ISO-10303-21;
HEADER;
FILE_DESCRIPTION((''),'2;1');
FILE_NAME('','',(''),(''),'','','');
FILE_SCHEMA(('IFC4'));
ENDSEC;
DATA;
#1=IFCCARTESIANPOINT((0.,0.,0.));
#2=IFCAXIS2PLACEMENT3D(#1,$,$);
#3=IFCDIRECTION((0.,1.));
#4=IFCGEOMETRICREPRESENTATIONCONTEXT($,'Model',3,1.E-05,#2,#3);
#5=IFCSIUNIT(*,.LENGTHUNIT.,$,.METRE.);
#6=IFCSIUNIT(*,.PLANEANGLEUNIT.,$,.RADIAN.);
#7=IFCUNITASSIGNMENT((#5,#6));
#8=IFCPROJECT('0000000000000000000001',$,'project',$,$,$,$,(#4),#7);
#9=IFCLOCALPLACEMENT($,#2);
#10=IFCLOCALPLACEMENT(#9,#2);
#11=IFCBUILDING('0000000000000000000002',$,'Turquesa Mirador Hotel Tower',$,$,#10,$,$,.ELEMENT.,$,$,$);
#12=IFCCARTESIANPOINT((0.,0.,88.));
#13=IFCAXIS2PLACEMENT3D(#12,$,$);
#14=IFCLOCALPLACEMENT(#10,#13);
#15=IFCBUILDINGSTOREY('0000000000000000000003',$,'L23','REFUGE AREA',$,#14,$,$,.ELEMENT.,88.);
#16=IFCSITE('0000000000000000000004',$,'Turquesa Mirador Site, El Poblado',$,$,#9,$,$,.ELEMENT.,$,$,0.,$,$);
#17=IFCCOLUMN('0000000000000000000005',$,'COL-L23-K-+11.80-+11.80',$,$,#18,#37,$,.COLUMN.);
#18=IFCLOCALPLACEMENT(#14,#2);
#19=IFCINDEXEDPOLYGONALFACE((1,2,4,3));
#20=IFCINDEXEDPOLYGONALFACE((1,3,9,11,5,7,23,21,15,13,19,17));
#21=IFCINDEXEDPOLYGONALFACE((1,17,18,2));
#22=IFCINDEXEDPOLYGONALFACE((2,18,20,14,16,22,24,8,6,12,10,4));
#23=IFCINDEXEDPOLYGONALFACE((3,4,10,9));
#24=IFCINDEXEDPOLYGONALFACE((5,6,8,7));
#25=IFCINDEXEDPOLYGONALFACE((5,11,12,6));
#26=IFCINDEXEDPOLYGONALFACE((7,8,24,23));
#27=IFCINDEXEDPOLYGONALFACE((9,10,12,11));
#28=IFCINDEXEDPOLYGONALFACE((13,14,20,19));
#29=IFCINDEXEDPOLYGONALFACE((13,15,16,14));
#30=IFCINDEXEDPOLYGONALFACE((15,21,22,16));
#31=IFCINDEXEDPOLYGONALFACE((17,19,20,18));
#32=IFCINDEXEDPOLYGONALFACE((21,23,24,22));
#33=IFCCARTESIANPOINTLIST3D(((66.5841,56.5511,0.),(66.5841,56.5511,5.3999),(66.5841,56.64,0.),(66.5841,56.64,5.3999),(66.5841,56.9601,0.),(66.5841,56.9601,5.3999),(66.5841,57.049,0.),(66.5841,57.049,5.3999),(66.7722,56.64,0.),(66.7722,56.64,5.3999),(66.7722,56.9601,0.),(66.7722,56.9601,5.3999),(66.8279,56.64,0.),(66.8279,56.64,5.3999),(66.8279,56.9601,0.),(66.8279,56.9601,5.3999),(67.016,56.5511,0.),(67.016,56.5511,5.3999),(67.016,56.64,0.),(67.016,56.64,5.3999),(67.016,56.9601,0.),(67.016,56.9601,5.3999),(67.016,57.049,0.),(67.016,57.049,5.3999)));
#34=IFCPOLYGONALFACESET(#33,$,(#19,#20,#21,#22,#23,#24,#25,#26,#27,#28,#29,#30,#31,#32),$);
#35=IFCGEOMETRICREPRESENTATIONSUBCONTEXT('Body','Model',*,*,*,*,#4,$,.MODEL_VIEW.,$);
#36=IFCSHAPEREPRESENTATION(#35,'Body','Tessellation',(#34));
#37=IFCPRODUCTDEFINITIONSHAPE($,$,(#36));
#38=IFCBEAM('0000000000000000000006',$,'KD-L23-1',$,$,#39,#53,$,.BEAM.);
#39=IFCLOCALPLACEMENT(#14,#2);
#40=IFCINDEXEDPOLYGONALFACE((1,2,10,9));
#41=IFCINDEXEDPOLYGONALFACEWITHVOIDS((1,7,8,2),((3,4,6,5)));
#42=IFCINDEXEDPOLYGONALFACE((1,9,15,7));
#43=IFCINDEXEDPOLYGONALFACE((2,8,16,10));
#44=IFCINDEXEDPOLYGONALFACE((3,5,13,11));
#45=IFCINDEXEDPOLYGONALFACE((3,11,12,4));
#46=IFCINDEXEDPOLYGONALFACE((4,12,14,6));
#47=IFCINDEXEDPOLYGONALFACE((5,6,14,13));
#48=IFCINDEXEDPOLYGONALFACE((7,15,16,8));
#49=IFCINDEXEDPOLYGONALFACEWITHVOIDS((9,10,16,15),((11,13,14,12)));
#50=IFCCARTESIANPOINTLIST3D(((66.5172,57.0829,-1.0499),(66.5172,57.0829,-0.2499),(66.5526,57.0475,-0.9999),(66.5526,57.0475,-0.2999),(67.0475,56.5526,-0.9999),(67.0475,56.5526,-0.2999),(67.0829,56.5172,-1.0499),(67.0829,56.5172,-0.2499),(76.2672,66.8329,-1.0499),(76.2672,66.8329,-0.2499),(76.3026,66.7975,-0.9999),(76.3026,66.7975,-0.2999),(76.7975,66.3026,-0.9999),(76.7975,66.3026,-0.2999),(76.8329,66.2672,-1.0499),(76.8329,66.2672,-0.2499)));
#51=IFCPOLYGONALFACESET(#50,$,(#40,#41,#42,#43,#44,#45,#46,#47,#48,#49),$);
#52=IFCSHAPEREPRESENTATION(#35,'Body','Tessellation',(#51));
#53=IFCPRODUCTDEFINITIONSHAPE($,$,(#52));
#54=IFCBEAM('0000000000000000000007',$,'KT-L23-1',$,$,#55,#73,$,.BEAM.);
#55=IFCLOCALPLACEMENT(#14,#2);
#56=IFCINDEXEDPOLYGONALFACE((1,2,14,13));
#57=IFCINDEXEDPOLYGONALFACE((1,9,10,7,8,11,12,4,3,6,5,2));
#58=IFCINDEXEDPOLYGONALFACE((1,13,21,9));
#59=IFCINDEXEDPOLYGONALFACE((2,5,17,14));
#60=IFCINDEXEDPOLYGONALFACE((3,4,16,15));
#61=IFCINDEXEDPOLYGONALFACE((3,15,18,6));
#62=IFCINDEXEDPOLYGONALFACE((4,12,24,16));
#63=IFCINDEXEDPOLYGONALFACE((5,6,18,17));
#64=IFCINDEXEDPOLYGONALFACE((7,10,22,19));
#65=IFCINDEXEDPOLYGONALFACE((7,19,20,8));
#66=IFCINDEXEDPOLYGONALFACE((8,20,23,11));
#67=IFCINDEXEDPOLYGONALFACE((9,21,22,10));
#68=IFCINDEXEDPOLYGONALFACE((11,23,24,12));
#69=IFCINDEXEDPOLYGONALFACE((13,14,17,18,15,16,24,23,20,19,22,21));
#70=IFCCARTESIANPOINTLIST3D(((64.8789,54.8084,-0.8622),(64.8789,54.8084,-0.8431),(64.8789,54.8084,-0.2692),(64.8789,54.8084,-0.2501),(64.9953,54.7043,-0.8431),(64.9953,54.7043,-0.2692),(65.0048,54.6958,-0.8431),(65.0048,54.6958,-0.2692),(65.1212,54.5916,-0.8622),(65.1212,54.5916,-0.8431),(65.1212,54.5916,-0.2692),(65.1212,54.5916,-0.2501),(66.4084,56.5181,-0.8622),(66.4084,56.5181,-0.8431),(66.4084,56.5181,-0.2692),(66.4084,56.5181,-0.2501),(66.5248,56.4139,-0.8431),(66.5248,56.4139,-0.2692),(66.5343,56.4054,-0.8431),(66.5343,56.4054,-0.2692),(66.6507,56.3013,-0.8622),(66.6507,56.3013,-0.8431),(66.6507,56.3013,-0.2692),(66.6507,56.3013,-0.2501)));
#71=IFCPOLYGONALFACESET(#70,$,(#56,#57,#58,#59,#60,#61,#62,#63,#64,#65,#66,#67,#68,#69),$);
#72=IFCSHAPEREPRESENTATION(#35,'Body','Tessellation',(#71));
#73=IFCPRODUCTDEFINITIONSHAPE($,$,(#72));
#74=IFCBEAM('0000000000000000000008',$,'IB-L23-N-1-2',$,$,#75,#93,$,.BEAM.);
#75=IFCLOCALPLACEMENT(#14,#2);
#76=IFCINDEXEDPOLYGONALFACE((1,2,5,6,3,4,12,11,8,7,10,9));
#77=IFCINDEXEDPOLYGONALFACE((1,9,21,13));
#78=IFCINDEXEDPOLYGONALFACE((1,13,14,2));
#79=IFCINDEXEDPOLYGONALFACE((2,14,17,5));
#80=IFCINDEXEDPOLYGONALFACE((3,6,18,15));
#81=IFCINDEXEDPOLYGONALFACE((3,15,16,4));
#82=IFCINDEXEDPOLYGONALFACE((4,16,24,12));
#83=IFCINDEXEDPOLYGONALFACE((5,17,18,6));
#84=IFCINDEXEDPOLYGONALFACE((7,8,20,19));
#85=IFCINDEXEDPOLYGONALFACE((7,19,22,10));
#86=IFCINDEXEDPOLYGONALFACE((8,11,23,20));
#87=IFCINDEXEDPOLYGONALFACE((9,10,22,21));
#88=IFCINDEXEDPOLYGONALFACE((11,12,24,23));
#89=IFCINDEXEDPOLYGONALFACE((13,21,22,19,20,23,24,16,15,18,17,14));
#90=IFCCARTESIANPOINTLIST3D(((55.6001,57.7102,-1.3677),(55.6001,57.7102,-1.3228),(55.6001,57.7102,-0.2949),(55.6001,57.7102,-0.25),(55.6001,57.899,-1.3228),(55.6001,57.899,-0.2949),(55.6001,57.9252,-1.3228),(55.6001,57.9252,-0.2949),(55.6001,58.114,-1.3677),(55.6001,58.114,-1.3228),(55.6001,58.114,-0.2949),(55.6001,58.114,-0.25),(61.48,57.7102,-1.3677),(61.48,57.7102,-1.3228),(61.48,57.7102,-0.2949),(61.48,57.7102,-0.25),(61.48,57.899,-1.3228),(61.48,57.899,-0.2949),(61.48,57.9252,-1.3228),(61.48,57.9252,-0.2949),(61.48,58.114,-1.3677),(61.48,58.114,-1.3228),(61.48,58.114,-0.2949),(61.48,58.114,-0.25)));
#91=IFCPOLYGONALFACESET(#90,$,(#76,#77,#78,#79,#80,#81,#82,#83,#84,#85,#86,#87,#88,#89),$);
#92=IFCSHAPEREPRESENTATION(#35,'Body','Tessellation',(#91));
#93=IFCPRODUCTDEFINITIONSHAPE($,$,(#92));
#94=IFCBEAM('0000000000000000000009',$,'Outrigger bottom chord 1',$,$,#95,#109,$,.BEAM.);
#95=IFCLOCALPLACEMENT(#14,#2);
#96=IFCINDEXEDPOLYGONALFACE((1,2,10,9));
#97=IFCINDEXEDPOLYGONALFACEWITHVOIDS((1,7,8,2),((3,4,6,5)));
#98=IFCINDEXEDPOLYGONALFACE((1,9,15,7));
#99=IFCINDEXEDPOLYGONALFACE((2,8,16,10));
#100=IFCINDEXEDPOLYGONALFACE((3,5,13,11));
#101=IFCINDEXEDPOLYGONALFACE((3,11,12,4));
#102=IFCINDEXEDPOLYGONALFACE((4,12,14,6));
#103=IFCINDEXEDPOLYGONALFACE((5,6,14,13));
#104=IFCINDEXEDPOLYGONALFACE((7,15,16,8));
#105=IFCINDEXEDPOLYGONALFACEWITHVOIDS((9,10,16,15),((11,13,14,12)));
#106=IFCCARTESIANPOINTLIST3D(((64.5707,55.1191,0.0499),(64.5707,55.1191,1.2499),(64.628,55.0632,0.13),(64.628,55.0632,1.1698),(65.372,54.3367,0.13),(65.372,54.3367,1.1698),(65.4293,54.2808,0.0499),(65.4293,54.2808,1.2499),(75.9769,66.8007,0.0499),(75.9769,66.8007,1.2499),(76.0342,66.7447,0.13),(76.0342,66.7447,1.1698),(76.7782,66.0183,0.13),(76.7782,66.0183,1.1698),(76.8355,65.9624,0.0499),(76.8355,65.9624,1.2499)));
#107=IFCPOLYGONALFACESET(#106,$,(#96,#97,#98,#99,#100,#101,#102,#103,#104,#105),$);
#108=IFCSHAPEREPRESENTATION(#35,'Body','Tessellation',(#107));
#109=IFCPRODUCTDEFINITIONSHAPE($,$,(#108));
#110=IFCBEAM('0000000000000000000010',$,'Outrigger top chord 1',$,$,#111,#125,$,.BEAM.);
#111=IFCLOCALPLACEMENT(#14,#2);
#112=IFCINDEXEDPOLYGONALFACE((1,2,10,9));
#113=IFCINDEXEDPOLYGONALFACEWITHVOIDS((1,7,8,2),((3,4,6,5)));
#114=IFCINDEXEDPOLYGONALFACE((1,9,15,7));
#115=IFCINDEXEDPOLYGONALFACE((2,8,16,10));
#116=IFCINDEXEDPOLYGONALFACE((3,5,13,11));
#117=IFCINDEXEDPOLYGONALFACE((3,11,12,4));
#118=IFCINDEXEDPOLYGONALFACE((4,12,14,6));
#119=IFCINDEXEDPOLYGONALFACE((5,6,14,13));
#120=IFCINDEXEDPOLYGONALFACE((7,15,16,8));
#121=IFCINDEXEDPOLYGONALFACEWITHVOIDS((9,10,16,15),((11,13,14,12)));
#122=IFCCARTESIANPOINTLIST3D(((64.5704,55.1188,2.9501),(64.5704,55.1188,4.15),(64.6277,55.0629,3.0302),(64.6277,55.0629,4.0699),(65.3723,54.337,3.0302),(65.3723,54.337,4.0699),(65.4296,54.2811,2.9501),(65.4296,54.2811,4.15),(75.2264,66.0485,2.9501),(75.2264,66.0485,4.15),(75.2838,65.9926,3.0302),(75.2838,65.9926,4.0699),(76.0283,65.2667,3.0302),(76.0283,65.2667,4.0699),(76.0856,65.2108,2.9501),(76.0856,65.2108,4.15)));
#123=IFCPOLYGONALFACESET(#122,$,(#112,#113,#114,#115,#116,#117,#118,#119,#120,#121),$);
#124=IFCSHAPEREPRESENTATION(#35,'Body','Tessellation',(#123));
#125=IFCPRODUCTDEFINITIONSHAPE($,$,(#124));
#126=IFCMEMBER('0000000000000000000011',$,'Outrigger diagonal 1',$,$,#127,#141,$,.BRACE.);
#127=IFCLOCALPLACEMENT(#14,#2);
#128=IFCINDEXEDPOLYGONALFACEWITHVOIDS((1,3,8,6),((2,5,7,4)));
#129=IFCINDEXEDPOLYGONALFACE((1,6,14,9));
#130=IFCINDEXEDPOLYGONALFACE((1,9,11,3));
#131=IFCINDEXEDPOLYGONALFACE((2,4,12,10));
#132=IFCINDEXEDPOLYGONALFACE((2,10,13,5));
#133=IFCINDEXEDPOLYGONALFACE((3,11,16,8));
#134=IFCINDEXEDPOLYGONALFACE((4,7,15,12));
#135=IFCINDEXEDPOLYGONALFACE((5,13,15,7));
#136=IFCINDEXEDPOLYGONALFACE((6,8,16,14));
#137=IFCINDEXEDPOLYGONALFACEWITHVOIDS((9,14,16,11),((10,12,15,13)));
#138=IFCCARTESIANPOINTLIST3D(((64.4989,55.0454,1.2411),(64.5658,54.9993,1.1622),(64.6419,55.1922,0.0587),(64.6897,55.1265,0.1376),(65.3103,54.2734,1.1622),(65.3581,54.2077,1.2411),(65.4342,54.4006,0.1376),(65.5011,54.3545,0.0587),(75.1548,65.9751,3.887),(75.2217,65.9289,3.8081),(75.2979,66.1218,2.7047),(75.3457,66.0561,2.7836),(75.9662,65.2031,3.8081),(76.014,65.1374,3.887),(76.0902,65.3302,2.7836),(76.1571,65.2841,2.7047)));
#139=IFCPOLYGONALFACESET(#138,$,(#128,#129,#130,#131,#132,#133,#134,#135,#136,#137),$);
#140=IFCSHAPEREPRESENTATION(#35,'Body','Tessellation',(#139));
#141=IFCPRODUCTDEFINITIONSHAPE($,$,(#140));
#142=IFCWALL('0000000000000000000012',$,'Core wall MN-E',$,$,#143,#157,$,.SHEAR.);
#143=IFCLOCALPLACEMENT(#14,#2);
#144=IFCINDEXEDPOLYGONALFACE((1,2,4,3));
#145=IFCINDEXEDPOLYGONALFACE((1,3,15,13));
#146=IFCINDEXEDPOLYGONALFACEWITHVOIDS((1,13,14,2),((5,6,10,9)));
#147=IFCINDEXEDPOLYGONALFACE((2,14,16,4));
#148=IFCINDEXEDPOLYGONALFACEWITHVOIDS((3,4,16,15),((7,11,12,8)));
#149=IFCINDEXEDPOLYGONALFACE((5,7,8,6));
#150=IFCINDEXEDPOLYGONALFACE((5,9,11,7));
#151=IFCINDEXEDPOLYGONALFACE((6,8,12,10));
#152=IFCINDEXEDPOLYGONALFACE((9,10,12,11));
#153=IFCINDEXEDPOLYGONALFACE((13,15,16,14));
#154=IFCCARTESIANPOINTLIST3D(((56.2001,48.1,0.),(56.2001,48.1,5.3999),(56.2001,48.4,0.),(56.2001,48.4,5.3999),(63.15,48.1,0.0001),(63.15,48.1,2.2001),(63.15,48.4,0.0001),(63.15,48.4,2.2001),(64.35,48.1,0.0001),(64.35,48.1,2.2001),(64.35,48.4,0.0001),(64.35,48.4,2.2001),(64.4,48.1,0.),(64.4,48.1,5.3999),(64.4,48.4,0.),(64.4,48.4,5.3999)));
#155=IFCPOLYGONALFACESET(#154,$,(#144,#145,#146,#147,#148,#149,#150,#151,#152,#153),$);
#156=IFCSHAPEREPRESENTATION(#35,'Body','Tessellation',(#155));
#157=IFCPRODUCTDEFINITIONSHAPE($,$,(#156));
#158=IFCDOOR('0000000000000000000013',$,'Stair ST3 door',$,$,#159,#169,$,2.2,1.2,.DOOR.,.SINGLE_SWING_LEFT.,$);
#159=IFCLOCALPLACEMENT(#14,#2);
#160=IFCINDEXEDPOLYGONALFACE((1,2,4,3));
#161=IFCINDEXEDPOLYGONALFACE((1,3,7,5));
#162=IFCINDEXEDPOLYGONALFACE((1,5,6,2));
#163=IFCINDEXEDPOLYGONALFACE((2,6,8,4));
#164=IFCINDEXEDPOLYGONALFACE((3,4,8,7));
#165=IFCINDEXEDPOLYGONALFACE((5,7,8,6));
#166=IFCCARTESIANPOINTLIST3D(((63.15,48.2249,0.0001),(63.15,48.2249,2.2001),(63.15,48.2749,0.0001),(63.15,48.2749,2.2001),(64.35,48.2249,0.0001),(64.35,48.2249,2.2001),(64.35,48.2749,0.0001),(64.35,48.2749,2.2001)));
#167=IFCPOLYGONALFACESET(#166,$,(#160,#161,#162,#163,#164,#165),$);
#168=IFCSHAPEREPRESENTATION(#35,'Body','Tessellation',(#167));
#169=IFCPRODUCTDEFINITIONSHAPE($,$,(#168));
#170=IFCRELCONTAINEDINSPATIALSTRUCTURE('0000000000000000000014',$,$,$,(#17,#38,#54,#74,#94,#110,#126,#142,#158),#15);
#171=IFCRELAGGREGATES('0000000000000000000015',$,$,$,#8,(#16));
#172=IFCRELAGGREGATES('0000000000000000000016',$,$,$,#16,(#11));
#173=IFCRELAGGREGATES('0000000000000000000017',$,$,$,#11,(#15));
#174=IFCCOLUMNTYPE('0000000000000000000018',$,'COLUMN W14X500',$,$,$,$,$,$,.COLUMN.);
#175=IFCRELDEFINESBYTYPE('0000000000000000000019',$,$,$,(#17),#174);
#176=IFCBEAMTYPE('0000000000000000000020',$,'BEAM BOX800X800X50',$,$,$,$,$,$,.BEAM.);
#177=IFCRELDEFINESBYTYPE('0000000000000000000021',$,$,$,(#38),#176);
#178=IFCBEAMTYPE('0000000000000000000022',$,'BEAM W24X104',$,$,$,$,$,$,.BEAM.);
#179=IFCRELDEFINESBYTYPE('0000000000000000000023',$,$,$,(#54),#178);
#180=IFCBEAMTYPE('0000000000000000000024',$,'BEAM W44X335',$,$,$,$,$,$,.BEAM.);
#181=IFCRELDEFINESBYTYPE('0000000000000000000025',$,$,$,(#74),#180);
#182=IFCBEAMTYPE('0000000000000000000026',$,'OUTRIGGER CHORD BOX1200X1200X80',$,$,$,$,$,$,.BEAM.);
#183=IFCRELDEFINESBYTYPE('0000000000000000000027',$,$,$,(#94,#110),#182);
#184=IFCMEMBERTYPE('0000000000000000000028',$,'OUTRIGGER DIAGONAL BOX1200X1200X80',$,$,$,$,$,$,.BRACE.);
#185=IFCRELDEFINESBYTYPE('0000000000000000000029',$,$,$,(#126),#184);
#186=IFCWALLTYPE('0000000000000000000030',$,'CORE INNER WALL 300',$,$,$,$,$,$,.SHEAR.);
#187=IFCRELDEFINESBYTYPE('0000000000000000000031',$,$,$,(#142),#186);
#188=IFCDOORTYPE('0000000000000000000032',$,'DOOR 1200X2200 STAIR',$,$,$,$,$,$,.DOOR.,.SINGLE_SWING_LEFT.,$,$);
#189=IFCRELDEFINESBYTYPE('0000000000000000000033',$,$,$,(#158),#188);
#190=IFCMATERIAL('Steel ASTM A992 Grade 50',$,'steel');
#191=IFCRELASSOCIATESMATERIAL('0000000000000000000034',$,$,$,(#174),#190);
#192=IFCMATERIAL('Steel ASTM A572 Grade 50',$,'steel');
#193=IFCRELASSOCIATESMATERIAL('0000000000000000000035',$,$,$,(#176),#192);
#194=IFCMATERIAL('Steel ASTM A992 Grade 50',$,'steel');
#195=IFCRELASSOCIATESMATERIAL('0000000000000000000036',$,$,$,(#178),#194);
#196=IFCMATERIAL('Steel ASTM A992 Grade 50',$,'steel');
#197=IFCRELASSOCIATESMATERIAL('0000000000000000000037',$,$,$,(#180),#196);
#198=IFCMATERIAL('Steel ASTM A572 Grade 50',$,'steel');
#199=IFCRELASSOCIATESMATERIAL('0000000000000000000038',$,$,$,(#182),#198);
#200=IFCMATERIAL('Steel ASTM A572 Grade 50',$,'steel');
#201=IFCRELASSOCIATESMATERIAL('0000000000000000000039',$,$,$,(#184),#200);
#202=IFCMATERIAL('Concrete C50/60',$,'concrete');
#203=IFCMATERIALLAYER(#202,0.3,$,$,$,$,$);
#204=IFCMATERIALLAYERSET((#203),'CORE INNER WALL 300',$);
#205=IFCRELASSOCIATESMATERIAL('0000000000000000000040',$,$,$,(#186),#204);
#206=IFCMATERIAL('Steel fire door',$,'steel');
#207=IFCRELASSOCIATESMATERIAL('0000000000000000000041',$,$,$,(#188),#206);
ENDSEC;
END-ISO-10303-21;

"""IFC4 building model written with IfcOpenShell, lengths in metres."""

from ifc_helpers import new_model, si_unit, direction, frame, frame_2d, origin, origin_2d, place, context, subcontext, project, spatial, rectangle, hollow_rectangle, i_section, extrude, material, layer, layer_set, material_profile, profile_set, type_object, element, fill, save


model = new_model("IFC4")

# Units and contexts
model_context = context("Model", 3, precision=1e-05, world=origin(), true_north=direction((0.0, 1.0)))
body_context = subcontext(model_context, "Body", "Model", "MODEL_VIEW")
ifc_project = project(units=[si_unit("LENGTHUNIT", "METRE"), si_unit("PLANEANGLEUNIT", "RADIAN")], contexts=[model_context])

# Site, building, storey
site_placement = place(None, origin())
site = spatial("IfcSite", under=ifc_project, at=site_placement, Name="Turquesa Mirador Site, El Poblado", CompositionType="ELEMENT", RefElevation=0.0)
building_placement = place(site_placement, origin())
building = spatial("IfcBuilding", under=site, at=building_placement, Name="Turquesa Mirador Hotel Tower", CompositionType="ELEMENT")
storey_placement = place(building_placement, frame((0.0, 0.0, 88.0)))
storey = spatial("IfcBuildingStorey", under=building, at=storey_placement, Name="L23", Description="REFUGE AREA", CompositionType="ELEMENT", Elevation=88.0)

# Column
ifc_material_1 = material(Name="Steel ASTM A992 Grade 50", Category="steel")
ifc_material_profile_1 = material_profile(ifc_material_1, i_section(OverallWidth=0.4319, OverallDepth=0.4978, WebThickness=0.0557, FlangeThickness=0.0889, at=origin_2d()), Name="W14X500")
ifc_profile_set_1 = profile_set([ifc_material_profile_1], Name="Steel ASTM A992 Grade 50")
column_type = type_object("IfcColumnType", Name="COLUMN W14X500", PredefinedType="COLUMN", material=ifc_profile_set_1)
column_placement = place(storey_placement, frame((66.8, 56.8, 0.0), z_axis=(0.0, 0.0, 1.0), x_axis=(1.0, 0.0, 0.0)))
element("IfcColumn", 1, at=column_placement, inside=storey, type_object=column_type, Name="COL-L23-K-+11.80-+11.80", PredefinedType="COLUMN", context=body_context, shape_type="SweptSolid", body=[
    extrude(i_section(OverallWidth=0.4319, OverallDepth=0.4978, WebThickness=0.0557, FlangeThickness=0.0889, at=origin_2d()), origin(), (0.0, 0.0, 1.0), 5.3999),
])

# Beams
ifc_material_2 = material(Name="Steel ASTM A572 Grade 50", Category="steel")
ifc_material_profile_2 = material_profile(ifc_material_2, hollow_rectangle(XDim=0.8, YDim=0.8, WallThickness=0.05, at=origin_2d()), Name="BOX800X800X50")
ifc_profile_set_2 = profile_set([ifc_material_profile_2], Name="Steel ASTM A572 Grade 50")
beam_type_1 = type_object("IfcBeamType", Name="BEAM BOX800X800X50", PredefinedType="BEAM", material=ifc_profile_set_2)
beam_1_placement = place(storey_placement, frame((66.8, 56.8, -0.6499), z_axis=(0.707107, 0.707107, 0.0), x_axis=(-0.707107, 0.707107, 0.0)))
element("IfcBeam", 2, at=beam_1_placement, inside=storey, type_object=beam_type_1, Name="KD-L23-1", PredefinedType="BEAM", context=body_context, shape_type="SweptSolid", body=[
    extrude(hollow_rectangle(XDim=0.8, YDim=0.8, WallThickness=0.05, at=origin_2d()), origin(), (0.0, 0.0, 1.0), 13.7886),
])
ifc_material_3 = material(Name="Steel ASTM A992 Grade 50", Category="steel")
ifc_material_profile_3 = material_profile(ifc_material_3, i_section(OverallWidth=0.3252, OverallDepth=0.6121, WebThickness=0.0127, FlangeThickness=0.019, at=origin_2d()), Name="W24X104")
ifc_profile_set_3 = profile_set([ifc_material_profile_3], Name="Steel ASTM A992 Grade 50")
beam_type_2 = type_object("IfcBeamType", Name="BEAM W24X104", PredefinedType="BEAM", material=ifc_profile_set_3)
beam_2_placement = place(storey_placement, frame((66.5295, 56.4097, -0.5562), z_axis=(-0.666745, -0.745286, 0.0), x_axis=(0.745286, -0.666745, 0.0)))
element("IfcBeam", 3, at=beam_2_placement, inside=storey, type_object=beam_type_2, Name="KT-L23-1", PredefinedType="BEAM", context=body_context, shape_type="SweptSolid", body=[
    extrude(i_section(OverallWidth=0.3252, OverallDepth=0.6121, WebThickness=0.0127, FlangeThickness=0.019, at=origin_2d()), origin(), (0.0, 0.0, 1.0), 2.2939),
])
ifc_material_4 = material(Name="Steel ASTM A992 Grade 50", Category="steel")
ifc_material_profile_4 = material_profile(ifc_material_4, i_section(OverallWidth=0.4038, OverallDepth=1.1177, WebThickness=0.0261, FlangeThickness=0.0449, at=origin_2d()), Name="W44X335")
ifc_profile_set_4 = profile_set([ifc_material_profile_4], Name="Steel ASTM A992 Grade 50")
beam_type_3 = type_object("IfcBeamType", Name="BEAM W44X335", PredefinedType="BEAM", material=ifc_profile_set_4)
beam_3_placement = place(storey_placement, frame((55.6001, 57.9121, -0.8088), z_axis=(1.0, 0.0, 0.0), x_axis=(0.0, 1.0, 0.0)))
element("IfcBeam", 4, at=beam_3_placement, inside=storey, type_object=beam_type_3, Name="IB-L23-N-1-2", PredefinedType="BEAM", context=body_context, shape_type="SweptSolid", body=[
    extrude(i_section(OverallWidth=0.4038, OverallDepth=1.1177, WebThickness=0.0261, FlangeThickness=0.0449, at=origin_2d()), origin(), (0.0, 0.0, 1.0), 5.8799),
])
ifc_material_5 = material(Name="Steel ASTM A572 Grade 50", Category="steel")
ifc_material_profile_5 = material_profile(ifc_material_5, hollow_rectangle(XDim=1.2, YDim=1.2, WallThickness=0.0801, at=origin_2d()), Name="BOX1200X1200X80")
ifc_profile_set_5 = profile_set([ifc_material_profile_5], Name="Steel ASTM A572 Grade 50")
beam_type_4 = type_object("IfcBeamType", Name="OUTRIGGER CHORD BOX1200X1200X80", PredefinedType="BEAM", material=ifc_profile_set_5)
beam_4_placement = place(storey_placement, frame((65.0, 54.7, 0.6499), z_axis=(0.698623, 0.71549, 0.0), x_axis=(-0.71549, 0.698623, 0.0)))
element("IfcBeam", 5, at=beam_4_placement, inside=storey, type_object=beam_type_4, Name="Outrigger bottom chord 1", PredefinedType="BEAM", context=body_context, shape_type="SweptSolid", body=[
    extrude(hollow_rectangle(XDim=1.2, YDim=1.2, WallThickness=0.0801, at=origin_2d()), origin(), (0.0, 0.0, 1.0), 16.3267),
])
beam_5_placement = place(storey_placement, frame((65.0, 54.7, 3.55), z_axis=(0.698085, 0.716015, 0.0), x_axis=(-0.716015, 0.698085, 0.0)))
element("IfcBeam", 6, at=beam_5_placement, inside=storey, type_object=beam_type_4, Name="Outrigger top chord 1", PredefinedType="BEAM", context=body_context, shape_type="SweptSolid", body=[
    extrude(hollow_rectangle(XDim=1.2, YDim=1.2, WallThickness=0.0801, at=origin_2d()), origin(), (0.0, 0.0, 1.0), 15.2646),
])

# Member
ifc_material_6 = material(Name="Steel ASTM A572 Grade 50", Category="steel")
ifc_material_profile_6 = material_profile(ifc_material_6, hollow_rectangle(XDim=1.2, YDim=1.2, WallThickness=0.0801, at=origin_2d()), Name="BOX1200X1200X80")
ifc_profile_set_6 = profile_set([ifc_material_profile_6], Name="Steel ASTM A572 Grade 50")
member_type = type_object("IfcMemberType", Name="OUTRIGGER DIAGONAL BOX1200X1200X80", PredefinedType="BRACE", material=ifc_profile_set_6)
member_placement = place(storey_placement, frame((65.0, 54.7, 0.6499), z_axis=(0.687828, 0.705494, 0.170795), x_axis=(-0.716015, 0.698085, 0.0)))
element("IfcMember", 7, at=member_placement, inside=storey, type_object=member_type, Name="Outrigger diagonal 1", PredefinedType="BRACE", context=body_context, shape_type="SweptSolid", body=[
    extrude(hollow_rectangle(XDim=1.2, YDim=1.2, WallThickness=0.0801, at=origin_2d()), origin(), (0.0, 0.0, 1.0), 15.4922),
])

# Wall, opening, door
ifc_material_7 = material(Name="Concrete C50/60", Category="concrete")
ifc_layer_1 = layer(ifc_material_7, 0.3)
ifc_layer_set_1 = layer_set([ifc_layer_1], Name="CORE INNER WALL 300")
wall_type_1 = type_object("IfcWallType", Name="CORE INNER WALL 300", PredefinedType="SHEAR", material=ifc_layer_set_1)
wall_1_placement = place(storey_placement, frame((56.2, 48.25, 0.0), z_axis=(0.0, 0.0, 1.0), x_axis=(1.0, 0.0, 0.0)))
wall_1 = element("IfcWall", 8, at=wall_1_placement, inside=storey, type_object=wall_type_1, Name="Core wall MN-E", PredefinedType="SHEAR", context=body_context, shape_type="SweptSolid", body=[
    extrude(rectangle(XDim=8.2, YDim=0.3, at=frame_2d((4.1001, 0.0))), origin(), (0.0, 0.0, 1.0), 5.3999),
])
opening_placement = place(wall_1_placement, frame((6.95, 0.0, 0.0)))
opening = element("IfcOpeningElement", 9, at=opening_placement, cuts=wall_1, PredefinedType="OPENING", context=body_context, shape_type="SweptSolid", body=[
    extrude(rectangle(XDim=1.2, YDim=2.2, at=frame_2d((0.6001, 1.1001))), frame((0.0, 0.1599, 0.0), z_axis=(0.0, -1.0, 0.0), x_axis=(1.0, 0.0, 0.0)), (0.0, 0.0, 1.0), 0.3201),
])
ifc_material_8 = material(Name="Steel fire door", Category="steel")
door_type = type_object("IfcDoorType", Name="DOOR 1200X2200 STAIR", OperationType="SINGLE_SWING_LEFT", PredefinedType="DOOR", material=ifc_material_8)
door_placement = place(opening_placement, origin())
door = element("IfcDoor", 10, at=door_placement, inside=storey, type_object=door_type, Name="Stair ST3 door", OperationType="SINGLE_SWING_LEFT", OverallHeight=2.2, OverallWidth=1.2, PredefinedType="DOOR", context=body_context, shape_type="SweptSolid", body=[
    extrude(rectangle(XDim=1.2, YDim=2.2, at=frame_2d((0.6001, 1.1001))), frame((0.0, 0.0249, 0.0), z_axis=(0.0, -1.0, 0.0), x_axis=(1.0, 0.0, 0.0)), (0.0, 0.0, 1.0), 0.05),
])
fill(opening, door)

save(model, "model.ifc")
